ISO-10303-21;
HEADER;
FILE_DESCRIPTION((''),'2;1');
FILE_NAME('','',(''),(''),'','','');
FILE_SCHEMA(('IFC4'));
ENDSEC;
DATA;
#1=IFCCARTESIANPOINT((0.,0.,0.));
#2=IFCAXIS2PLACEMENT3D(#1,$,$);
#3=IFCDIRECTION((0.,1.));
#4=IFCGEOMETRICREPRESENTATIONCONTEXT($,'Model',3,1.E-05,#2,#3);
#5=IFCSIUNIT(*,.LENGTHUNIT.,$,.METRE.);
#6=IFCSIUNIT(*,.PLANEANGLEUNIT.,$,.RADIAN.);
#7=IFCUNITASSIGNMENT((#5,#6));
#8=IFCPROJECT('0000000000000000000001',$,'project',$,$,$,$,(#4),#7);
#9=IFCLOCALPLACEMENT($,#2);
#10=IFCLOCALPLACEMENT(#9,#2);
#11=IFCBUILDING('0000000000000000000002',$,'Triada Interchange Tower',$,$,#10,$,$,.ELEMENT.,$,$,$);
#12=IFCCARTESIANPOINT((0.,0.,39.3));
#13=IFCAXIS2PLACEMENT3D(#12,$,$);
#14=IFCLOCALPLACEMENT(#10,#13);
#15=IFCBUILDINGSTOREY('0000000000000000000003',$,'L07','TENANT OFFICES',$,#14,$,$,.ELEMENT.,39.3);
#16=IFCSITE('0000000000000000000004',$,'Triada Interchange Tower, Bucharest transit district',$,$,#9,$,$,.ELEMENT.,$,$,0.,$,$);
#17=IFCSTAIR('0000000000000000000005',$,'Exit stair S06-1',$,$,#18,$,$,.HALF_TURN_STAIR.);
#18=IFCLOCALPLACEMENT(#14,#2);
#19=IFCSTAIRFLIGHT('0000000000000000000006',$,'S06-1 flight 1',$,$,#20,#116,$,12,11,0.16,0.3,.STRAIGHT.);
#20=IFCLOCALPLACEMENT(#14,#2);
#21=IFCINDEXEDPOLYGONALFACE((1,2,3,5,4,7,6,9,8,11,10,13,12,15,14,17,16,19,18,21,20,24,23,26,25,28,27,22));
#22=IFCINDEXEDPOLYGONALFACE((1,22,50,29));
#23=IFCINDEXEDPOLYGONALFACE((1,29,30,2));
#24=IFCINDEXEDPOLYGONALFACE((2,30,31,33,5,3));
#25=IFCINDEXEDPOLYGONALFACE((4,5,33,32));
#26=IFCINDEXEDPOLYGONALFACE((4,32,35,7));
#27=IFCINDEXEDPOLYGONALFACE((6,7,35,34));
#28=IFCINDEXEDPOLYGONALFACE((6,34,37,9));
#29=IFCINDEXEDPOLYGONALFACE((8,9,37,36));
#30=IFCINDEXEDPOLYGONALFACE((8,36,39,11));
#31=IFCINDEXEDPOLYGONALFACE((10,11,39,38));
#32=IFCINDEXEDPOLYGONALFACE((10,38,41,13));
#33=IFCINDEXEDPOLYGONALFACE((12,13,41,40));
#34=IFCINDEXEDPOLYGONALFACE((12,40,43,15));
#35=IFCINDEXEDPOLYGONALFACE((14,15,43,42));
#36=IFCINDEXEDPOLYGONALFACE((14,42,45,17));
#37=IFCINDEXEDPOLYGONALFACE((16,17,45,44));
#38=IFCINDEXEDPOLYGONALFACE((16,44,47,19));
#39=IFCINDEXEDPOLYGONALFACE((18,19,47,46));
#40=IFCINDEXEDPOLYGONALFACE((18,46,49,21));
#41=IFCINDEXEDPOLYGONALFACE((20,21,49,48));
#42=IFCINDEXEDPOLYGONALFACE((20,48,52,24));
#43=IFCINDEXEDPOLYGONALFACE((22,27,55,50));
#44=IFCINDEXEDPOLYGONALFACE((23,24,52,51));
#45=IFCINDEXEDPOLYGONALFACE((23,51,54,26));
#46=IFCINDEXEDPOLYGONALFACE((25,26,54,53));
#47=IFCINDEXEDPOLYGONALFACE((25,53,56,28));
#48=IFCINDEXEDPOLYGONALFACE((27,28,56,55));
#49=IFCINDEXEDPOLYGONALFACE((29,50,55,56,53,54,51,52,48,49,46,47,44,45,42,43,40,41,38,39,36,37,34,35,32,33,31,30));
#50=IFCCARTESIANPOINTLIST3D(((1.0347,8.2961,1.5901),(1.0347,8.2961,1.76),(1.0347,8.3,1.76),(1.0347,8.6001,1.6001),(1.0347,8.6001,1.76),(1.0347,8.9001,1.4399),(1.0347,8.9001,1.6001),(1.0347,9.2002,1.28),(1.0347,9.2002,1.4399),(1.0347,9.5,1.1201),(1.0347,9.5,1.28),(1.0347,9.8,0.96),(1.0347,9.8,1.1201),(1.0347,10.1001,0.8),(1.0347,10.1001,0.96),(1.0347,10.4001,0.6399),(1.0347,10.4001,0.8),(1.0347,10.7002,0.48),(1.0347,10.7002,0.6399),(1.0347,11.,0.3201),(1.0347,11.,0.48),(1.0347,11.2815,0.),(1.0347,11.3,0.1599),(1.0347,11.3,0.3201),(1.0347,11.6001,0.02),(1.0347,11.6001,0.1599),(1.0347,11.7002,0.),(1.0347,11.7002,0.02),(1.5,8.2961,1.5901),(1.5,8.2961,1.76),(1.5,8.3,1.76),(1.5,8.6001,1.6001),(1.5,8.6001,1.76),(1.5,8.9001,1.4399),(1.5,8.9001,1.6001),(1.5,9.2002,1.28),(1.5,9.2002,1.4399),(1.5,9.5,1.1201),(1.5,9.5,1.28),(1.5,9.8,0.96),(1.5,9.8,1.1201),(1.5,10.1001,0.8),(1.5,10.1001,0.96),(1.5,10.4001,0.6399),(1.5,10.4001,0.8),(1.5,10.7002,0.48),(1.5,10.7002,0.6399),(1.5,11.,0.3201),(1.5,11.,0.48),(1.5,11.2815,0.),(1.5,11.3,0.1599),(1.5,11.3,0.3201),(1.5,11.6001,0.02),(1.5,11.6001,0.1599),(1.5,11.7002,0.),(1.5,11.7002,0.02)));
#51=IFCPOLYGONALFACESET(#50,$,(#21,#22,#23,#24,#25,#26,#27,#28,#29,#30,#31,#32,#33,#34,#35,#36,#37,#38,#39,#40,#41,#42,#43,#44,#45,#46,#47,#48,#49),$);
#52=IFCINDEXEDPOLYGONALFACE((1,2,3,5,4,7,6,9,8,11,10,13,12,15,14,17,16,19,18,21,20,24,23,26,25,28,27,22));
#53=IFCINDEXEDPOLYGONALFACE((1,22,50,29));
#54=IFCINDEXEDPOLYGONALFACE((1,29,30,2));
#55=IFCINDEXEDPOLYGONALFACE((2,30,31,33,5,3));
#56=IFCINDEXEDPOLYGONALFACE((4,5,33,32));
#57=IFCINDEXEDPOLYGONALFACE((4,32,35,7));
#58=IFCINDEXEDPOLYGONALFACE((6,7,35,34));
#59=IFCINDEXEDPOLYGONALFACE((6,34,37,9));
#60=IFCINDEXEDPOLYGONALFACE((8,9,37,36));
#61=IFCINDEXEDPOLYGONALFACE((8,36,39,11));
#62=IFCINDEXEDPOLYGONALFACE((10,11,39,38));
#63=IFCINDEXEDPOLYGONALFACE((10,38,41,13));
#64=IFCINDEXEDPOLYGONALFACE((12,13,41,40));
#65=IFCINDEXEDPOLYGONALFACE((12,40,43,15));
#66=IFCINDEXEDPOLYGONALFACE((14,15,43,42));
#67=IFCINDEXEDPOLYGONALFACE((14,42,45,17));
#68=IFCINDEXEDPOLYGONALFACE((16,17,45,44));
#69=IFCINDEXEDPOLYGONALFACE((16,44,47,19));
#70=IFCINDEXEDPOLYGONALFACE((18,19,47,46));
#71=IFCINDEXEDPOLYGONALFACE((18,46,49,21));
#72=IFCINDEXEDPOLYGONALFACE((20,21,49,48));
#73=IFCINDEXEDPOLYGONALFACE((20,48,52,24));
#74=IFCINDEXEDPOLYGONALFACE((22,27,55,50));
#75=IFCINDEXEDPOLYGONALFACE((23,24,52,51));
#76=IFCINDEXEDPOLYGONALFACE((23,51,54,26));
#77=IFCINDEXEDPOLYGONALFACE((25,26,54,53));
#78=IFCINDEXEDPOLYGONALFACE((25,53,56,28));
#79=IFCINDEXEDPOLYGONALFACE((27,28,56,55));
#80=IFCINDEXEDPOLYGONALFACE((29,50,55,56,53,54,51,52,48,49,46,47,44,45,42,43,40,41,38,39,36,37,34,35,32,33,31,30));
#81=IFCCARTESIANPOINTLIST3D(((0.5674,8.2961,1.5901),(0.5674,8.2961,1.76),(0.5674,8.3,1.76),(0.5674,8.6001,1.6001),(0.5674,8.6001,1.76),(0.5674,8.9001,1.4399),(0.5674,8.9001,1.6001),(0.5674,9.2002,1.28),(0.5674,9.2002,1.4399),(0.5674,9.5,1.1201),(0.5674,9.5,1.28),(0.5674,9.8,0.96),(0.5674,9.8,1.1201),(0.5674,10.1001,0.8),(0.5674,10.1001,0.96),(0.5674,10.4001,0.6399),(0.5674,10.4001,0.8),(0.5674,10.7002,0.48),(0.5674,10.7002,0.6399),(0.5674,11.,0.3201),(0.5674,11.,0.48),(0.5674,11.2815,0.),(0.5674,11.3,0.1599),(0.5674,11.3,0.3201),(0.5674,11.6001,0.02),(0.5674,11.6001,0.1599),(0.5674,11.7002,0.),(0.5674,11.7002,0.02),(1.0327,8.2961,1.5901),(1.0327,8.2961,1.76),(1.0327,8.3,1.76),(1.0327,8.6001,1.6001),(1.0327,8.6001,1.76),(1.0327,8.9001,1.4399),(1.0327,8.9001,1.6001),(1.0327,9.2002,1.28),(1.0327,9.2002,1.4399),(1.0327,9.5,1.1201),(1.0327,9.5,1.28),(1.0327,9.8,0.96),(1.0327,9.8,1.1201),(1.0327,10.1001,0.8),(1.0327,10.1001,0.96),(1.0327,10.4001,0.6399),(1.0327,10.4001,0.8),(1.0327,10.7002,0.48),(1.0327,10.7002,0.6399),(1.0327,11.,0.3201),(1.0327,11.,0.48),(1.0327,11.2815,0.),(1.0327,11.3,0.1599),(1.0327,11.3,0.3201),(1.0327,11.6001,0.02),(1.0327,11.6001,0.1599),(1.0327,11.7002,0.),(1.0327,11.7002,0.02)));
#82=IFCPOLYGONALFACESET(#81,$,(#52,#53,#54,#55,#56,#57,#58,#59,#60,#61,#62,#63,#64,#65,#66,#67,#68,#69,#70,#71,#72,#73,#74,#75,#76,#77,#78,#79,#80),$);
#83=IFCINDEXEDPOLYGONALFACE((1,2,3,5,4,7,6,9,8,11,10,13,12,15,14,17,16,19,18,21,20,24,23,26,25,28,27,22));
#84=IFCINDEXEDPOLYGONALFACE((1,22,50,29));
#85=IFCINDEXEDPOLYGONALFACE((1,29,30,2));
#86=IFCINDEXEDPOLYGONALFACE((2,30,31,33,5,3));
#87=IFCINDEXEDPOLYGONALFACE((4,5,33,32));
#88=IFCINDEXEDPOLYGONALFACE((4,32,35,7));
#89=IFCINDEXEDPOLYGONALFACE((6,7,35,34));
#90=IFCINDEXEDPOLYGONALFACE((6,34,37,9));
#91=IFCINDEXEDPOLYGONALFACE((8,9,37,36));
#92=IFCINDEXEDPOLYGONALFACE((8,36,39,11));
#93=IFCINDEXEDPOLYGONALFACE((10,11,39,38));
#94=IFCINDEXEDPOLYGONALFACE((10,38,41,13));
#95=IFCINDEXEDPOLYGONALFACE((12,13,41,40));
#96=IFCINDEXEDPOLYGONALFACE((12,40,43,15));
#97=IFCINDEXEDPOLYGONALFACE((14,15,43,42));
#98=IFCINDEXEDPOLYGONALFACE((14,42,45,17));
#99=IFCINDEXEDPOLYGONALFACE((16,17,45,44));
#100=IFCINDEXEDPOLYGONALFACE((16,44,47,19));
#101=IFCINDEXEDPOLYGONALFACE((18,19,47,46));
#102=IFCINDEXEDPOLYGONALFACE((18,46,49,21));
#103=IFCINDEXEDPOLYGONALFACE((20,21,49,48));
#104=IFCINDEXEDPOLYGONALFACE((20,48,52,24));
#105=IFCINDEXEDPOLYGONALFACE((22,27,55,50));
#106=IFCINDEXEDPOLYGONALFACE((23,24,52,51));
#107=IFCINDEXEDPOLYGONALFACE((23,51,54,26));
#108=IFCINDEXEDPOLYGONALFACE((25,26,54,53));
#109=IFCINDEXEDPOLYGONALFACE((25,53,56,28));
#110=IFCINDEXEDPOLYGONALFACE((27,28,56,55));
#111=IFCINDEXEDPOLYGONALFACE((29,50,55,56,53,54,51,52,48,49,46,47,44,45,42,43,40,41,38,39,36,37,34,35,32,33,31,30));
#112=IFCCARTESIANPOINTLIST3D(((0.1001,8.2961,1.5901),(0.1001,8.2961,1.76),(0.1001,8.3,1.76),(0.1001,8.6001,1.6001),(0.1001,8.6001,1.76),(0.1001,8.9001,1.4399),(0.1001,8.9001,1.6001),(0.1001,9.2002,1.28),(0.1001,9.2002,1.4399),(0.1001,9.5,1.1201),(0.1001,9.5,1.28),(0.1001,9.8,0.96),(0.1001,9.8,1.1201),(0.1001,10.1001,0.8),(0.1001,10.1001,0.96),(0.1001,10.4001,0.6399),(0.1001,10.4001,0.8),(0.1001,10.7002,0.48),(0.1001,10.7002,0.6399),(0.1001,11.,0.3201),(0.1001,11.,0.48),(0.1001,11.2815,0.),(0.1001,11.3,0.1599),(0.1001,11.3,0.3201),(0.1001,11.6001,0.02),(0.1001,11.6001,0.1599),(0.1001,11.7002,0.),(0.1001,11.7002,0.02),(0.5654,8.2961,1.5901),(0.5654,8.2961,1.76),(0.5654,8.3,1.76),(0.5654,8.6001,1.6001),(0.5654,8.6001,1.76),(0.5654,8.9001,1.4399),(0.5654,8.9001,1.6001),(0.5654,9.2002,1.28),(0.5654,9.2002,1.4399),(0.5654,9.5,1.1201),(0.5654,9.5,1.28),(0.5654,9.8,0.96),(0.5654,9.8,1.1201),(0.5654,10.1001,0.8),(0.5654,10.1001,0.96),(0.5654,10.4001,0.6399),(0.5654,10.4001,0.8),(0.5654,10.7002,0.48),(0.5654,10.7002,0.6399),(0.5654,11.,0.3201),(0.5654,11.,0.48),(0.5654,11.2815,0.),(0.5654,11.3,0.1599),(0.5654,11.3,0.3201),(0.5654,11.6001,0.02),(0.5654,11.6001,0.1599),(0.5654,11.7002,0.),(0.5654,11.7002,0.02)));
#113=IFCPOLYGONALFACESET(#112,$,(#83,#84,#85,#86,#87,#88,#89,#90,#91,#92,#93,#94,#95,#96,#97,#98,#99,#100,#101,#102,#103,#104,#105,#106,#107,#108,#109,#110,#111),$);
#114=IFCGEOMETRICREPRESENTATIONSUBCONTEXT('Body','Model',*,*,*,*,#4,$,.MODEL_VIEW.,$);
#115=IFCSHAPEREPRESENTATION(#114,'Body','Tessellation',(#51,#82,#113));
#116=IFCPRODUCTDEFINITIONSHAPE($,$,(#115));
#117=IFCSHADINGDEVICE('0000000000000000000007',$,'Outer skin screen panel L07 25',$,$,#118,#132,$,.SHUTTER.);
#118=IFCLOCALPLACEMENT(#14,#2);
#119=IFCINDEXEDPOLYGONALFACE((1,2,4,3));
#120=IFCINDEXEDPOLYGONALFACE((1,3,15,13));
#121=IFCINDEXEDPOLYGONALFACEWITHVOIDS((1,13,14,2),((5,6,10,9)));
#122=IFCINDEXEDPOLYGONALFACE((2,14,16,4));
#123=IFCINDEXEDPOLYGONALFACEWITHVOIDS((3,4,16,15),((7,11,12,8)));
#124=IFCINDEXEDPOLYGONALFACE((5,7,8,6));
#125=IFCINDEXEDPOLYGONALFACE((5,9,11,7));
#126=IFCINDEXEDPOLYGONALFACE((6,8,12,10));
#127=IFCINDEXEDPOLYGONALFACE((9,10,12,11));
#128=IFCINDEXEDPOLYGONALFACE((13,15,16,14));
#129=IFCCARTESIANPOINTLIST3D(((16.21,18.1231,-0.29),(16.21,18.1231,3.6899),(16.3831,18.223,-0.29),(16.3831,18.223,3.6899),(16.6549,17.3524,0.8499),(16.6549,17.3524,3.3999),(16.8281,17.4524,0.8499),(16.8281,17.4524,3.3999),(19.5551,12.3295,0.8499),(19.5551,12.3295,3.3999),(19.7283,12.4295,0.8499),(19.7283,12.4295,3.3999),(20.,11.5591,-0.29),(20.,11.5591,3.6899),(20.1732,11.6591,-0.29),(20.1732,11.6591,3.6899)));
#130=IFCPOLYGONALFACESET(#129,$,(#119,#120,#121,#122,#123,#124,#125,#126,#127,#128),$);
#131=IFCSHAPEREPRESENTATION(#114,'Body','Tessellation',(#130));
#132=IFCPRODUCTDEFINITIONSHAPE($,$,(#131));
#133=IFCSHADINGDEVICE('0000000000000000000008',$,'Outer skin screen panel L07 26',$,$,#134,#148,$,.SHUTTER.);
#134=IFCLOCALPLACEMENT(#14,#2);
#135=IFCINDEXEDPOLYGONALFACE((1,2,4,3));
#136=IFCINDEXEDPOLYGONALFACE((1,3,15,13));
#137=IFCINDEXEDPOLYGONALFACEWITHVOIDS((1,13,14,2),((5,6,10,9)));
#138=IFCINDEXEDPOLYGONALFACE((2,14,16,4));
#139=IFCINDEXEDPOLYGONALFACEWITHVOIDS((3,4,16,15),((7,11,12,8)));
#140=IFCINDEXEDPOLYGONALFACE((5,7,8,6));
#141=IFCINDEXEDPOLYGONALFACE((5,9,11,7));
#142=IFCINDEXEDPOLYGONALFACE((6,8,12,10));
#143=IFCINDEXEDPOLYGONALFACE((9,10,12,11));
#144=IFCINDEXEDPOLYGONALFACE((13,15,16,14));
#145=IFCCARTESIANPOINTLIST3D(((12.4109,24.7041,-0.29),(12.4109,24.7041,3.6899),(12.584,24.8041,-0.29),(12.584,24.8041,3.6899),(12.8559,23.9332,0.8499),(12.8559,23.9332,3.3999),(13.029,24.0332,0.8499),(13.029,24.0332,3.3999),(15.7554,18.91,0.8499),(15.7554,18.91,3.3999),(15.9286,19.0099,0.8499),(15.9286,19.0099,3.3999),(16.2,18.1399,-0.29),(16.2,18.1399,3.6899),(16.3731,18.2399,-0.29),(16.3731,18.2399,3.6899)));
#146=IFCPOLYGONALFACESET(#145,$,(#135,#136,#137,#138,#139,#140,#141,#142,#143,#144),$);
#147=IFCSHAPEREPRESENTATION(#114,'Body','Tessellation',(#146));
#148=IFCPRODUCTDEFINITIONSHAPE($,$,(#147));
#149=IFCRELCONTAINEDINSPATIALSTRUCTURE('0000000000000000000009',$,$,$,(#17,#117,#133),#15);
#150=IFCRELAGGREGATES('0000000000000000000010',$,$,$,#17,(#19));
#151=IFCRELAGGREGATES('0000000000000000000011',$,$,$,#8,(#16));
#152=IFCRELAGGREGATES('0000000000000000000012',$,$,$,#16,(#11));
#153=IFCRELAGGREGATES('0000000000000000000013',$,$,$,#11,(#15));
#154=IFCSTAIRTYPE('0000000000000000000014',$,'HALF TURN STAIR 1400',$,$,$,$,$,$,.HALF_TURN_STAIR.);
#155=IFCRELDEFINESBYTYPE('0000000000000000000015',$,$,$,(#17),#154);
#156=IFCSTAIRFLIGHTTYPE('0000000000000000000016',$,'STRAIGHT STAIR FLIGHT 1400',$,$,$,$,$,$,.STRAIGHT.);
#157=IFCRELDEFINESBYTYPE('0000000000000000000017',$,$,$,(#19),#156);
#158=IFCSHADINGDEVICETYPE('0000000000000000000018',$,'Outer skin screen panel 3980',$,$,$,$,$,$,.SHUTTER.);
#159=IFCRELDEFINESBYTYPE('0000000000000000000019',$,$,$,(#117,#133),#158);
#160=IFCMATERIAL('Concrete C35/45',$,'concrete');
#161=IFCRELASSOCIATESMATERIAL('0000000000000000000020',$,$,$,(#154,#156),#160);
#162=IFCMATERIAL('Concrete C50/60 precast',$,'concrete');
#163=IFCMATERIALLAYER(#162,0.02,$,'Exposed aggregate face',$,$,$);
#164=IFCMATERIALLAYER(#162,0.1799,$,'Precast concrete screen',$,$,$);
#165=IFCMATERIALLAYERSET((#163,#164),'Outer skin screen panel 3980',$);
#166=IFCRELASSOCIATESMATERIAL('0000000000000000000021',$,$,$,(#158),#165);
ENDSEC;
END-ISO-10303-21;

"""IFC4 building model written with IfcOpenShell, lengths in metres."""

from ifc_helpers import new_model, si_unit, direction, frame, origin, place, context, subcontext, project, spatial, polyline, outline, extrude, material, layer, layer_set, type_object, element, aggregate, save


model = new_model("IFC4")

# Units and contexts
model_context = context("Model", 3, precision=1e-05, world=origin(), true_north=direction((0.0, 1.0)))
body_context = subcontext(model_context, "Body", "Model", "MODEL_VIEW")
ifc_project = project(units=[si_unit("LENGTHUNIT", "METRE"), si_unit("PLANEANGLEUNIT", "RADIAN")], contexts=[model_context])

# Site, building, storey
site_placement = place(None, origin())
site = spatial("IfcSite", under=ifc_project, at=site_placement, Name="Triada Interchange Tower, Bucharest transit district", CompositionType="ELEMENT", RefElevation=0.0)
building_placement = place(site_placement, origin())
building = spatial("IfcBuilding", under=site, at=building_placement, Name="Triada Interchange Tower", CompositionType="ELEMENT")
storey_placement = place(building_placement, frame((0.0, 0.0, 39.3)))
storey = spatial("IfcBuildingStorey", under=building, at=storey_placement, Name="L07", Description="TENANT OFFICES", CompositionType="ELEMENT", Elevation=39.3)

# Stair, stair flight
ifc_material_1 = material(Name="Concrete C35/45", Category="concrete")
stair_type = type_object("IfcStairType", Name="HALF TURN STAIR 1400", PredefinedType="HALF_TURN_STAIR", material=ifc_material_1)
stair_placement = place(storey_placement, origin())
stair = element("IfcStair", 1, at=stair_placement, inside=storey, type_object=stair_type, Name="Exit stair S06-1", PredefinedType="HALF_TURN_STAIR")
stair_flight_type = type_object("IfcStairFlightType", Name="STRAIGHT STAIR FLIGHT 1400", PredefinedType="STRAIGHT", material=ifc_material_1)
stair_flight_placement = place(storey_placement, frame((0.8, 11.6001, 0.0), z_axis=(0.0, 0.0, 1.0), x_axis=(0.0, -1.0, 0.0)))
stair_flight = element("IfcStairFlight", 2, at=stair_flight_placement, type_object=stair_flight_type, Name="S06-1 flight 1", NumberOfRisers=12, NumberOfTreads=11, PredefinedType="STRAIGHT", RiserHeight=0.16, TreadLength=0.3, context=body_context, shape_type="SweptSolid", body=[
    extrude(outline(polyline([(-0.1001, 0.0), (-0.1001, 0.02), (0.0, 0.02), (0.0, 0.1599), (0.3, 0.1599), (0.3, 0.3201), (0.6001, 0.3201), (0.6001, 0.48), (0.8999, 0.48), (0.8999, 0.6399), (1.2, 0.6399), (1.2, 0.8), (1.5, 0.8), (1.5, 0.96), (1.8, 0.96), (1.8, 1.1201), (2.1001, 1.1201), (2.1001, 1.28), (2.3999, 1.28), (2.3999, 1.4399), (2.7, 1.4399), (2.7, 1.6001), (3.0, 1.6001), (3.0, 1.76), (3.3, 1.76), (3.304, 1.76), (3.304, 1.9199), (3.304, 1.5901), (0.3186, 0.0), (-0.1001, 0.0)])), frame((0.0, 0.7, 0.0), z_axis=(0.0, -1.0, 0.0), x_axis=(1.0, 0.0, 0.0)), (0.0, 0.0, 1.0), 0.4653),
    extrude(outline(polyline([(-0.1001, 0.0), (-0.1001, 0.02), (0.0, 0.02), (0.0, 0.1599), (0.3, 0.1599), (0.3, 0.3201), (0.6001, 0.3201), (0.6001, 0.48), (0.8999, 0.48), (0.8999, 0.6399), (1.2, 0.6399), (1.2, 0.8), (1.5, 0.8), (1.5, 0.96), (1.8, 0.96), (1.8, 1.1201), (2.1001, 1.1201), (2.1001, 1.28), (2.3999, 1.28), (2.3999, 1.4399), (2.7, 1.4399), (2.7, 1.6001), (3.0, 1.6001), (3.0, 1.76), (3.3, 1.76), (3.304, 1.76), (3.304, 1.9199), (3.304, 1.5901), (0.3186, 0.0), (-0.1001, 0.0)])), frame((0.0, 0.2327, 0.0), z_axis=(0.0, -1.0, 0.0), x_axis=(1.0, 0.0, 0.0)), (0.0, 0.0, 1.0), 0.4653),
    extrude(outline(polyline([(-0.1001, 0.0), (-0.1001, 0.02), (0.0, 0.02), (0.0, 0.1599), (0.3, 0.1599), (0.3, 0.3201), (0.6001, 0.3201), (0.6001, 0.48), (0.8999, 0.48), (0.8999, 0.6399), (1.2, 0.6399), (1.2, 0.8), (1.5, 0.8), (1.5, 0.96), (1.8, 0.96), (1.8, 1.1201), (2.1001, 1.1201), (2.1001, 1.28), (2.3999, 1.28), (2.3999, 1.4399), (2.7, 1.4399), (2.7, 1.6001), (3.0, 1.6001), (3.0, 1.76), (3.3, 1.76), (3.304, 1.76), (3.304, 1.9199), (3.304, 1.5901), (0.3186, 0.0), (-0.1001, 0.0)])), frame((0.0, -0.2346, 0.0), z_axis=(0.0, -1.0, 0.0), x_axis=(1.0, 0.0, 0.0)), (0.0, 0.0, 1.0), 0.4653),
])

# Shading devices
ifc_material_2 = material(Name="Concrete C50/60 precast", Category="concrete")
ifc_layer_1 = layer(ifc_material_2, 0.02, Name="Exposed aggregate face")
ifc_layer_2 = layer(ifc_material_2, 0.1799, Name="Precast concrete screen")
ifc_layer_set_1 = layer_set([ifc_layer_1, ifc_layer_2], Name="Outer skin screen panel 3980")
shading_device_type = type_object("IfcShadingDeviceType", Name="Outer skin screen panel 3980", PredefinedType="SHUTTER", material=ifc_layer_set_1)
shading_device_1_placement = place(storey_placement, frame((20.0, 11.5591, -0.29), z_axis=(0.0, 0.0, 1.0), x_axis=(-0.500033, 0.866006, 0.0)))
element("IfcShadingDevice", 3, at=shading_device_1_placement, inside=storey, type_object=shading_device_type, Name="Outer skin screen panel L07 25", PredefinedType="SHUTTER", context=body_context, shape_type="SweptSolid", body=[
    extrude(outline(polyline([(0.0, 0.0), (7.5796, 0.0), (7.5796, 3.98), (0.0, 3.98), (0.0, 0.0)]), holes=[polyline([(0.8896, 1.1399), (0.8896, 3.6899), (6.6897, 3.6899), (6.6897, 1.1399), (0.8896, 1.1399)])]), frame((0.0, 0.0, 0.0), z_axis=(0.0, -1.0, 0.0), x_axis=(1.0, 0.0, 0.0)), (0.0, 0.0, 1.0), 0.2),
])
shading_device_2_placement = place(storey_placement, frame((16.2, 18.1399, -0.29), z_axis=(0.0, 0.0, 1.0), x_axis=(-0.499922, 0.86607, 0.0)))
element("IfcShadingDevice", 4, at=shading_device_2_placement, inside=storey, type_object=shading_device_type, Name="Outer skin screen panel L07 26", PredefinedType="SHUTTER", context=body_context, shape_type="SweptSolid", body=[
    extrude(outline(polyline([(0.0, 0.0), (7.5793, 0.0), (7.5793, 3.98), (0.0, 3.98), (0.0, 0.0)]), holes=[polyline([(0.8892, 1.1399), (0.8892, 3.6899), (6.6892, 3.6899), (6.6892, 1.1399), (0.8892, 1.1399)])]), frame((0.0, 0.0, 0.0), z_axis=(0.0, -1.0, 0.0), x_axis=(1.0, 0.0, 0.0)), (0.0, 0.0, 1.0), 0.2),
])

aggregate(stair, [stair_flight])

save(model, "model.ifc")
